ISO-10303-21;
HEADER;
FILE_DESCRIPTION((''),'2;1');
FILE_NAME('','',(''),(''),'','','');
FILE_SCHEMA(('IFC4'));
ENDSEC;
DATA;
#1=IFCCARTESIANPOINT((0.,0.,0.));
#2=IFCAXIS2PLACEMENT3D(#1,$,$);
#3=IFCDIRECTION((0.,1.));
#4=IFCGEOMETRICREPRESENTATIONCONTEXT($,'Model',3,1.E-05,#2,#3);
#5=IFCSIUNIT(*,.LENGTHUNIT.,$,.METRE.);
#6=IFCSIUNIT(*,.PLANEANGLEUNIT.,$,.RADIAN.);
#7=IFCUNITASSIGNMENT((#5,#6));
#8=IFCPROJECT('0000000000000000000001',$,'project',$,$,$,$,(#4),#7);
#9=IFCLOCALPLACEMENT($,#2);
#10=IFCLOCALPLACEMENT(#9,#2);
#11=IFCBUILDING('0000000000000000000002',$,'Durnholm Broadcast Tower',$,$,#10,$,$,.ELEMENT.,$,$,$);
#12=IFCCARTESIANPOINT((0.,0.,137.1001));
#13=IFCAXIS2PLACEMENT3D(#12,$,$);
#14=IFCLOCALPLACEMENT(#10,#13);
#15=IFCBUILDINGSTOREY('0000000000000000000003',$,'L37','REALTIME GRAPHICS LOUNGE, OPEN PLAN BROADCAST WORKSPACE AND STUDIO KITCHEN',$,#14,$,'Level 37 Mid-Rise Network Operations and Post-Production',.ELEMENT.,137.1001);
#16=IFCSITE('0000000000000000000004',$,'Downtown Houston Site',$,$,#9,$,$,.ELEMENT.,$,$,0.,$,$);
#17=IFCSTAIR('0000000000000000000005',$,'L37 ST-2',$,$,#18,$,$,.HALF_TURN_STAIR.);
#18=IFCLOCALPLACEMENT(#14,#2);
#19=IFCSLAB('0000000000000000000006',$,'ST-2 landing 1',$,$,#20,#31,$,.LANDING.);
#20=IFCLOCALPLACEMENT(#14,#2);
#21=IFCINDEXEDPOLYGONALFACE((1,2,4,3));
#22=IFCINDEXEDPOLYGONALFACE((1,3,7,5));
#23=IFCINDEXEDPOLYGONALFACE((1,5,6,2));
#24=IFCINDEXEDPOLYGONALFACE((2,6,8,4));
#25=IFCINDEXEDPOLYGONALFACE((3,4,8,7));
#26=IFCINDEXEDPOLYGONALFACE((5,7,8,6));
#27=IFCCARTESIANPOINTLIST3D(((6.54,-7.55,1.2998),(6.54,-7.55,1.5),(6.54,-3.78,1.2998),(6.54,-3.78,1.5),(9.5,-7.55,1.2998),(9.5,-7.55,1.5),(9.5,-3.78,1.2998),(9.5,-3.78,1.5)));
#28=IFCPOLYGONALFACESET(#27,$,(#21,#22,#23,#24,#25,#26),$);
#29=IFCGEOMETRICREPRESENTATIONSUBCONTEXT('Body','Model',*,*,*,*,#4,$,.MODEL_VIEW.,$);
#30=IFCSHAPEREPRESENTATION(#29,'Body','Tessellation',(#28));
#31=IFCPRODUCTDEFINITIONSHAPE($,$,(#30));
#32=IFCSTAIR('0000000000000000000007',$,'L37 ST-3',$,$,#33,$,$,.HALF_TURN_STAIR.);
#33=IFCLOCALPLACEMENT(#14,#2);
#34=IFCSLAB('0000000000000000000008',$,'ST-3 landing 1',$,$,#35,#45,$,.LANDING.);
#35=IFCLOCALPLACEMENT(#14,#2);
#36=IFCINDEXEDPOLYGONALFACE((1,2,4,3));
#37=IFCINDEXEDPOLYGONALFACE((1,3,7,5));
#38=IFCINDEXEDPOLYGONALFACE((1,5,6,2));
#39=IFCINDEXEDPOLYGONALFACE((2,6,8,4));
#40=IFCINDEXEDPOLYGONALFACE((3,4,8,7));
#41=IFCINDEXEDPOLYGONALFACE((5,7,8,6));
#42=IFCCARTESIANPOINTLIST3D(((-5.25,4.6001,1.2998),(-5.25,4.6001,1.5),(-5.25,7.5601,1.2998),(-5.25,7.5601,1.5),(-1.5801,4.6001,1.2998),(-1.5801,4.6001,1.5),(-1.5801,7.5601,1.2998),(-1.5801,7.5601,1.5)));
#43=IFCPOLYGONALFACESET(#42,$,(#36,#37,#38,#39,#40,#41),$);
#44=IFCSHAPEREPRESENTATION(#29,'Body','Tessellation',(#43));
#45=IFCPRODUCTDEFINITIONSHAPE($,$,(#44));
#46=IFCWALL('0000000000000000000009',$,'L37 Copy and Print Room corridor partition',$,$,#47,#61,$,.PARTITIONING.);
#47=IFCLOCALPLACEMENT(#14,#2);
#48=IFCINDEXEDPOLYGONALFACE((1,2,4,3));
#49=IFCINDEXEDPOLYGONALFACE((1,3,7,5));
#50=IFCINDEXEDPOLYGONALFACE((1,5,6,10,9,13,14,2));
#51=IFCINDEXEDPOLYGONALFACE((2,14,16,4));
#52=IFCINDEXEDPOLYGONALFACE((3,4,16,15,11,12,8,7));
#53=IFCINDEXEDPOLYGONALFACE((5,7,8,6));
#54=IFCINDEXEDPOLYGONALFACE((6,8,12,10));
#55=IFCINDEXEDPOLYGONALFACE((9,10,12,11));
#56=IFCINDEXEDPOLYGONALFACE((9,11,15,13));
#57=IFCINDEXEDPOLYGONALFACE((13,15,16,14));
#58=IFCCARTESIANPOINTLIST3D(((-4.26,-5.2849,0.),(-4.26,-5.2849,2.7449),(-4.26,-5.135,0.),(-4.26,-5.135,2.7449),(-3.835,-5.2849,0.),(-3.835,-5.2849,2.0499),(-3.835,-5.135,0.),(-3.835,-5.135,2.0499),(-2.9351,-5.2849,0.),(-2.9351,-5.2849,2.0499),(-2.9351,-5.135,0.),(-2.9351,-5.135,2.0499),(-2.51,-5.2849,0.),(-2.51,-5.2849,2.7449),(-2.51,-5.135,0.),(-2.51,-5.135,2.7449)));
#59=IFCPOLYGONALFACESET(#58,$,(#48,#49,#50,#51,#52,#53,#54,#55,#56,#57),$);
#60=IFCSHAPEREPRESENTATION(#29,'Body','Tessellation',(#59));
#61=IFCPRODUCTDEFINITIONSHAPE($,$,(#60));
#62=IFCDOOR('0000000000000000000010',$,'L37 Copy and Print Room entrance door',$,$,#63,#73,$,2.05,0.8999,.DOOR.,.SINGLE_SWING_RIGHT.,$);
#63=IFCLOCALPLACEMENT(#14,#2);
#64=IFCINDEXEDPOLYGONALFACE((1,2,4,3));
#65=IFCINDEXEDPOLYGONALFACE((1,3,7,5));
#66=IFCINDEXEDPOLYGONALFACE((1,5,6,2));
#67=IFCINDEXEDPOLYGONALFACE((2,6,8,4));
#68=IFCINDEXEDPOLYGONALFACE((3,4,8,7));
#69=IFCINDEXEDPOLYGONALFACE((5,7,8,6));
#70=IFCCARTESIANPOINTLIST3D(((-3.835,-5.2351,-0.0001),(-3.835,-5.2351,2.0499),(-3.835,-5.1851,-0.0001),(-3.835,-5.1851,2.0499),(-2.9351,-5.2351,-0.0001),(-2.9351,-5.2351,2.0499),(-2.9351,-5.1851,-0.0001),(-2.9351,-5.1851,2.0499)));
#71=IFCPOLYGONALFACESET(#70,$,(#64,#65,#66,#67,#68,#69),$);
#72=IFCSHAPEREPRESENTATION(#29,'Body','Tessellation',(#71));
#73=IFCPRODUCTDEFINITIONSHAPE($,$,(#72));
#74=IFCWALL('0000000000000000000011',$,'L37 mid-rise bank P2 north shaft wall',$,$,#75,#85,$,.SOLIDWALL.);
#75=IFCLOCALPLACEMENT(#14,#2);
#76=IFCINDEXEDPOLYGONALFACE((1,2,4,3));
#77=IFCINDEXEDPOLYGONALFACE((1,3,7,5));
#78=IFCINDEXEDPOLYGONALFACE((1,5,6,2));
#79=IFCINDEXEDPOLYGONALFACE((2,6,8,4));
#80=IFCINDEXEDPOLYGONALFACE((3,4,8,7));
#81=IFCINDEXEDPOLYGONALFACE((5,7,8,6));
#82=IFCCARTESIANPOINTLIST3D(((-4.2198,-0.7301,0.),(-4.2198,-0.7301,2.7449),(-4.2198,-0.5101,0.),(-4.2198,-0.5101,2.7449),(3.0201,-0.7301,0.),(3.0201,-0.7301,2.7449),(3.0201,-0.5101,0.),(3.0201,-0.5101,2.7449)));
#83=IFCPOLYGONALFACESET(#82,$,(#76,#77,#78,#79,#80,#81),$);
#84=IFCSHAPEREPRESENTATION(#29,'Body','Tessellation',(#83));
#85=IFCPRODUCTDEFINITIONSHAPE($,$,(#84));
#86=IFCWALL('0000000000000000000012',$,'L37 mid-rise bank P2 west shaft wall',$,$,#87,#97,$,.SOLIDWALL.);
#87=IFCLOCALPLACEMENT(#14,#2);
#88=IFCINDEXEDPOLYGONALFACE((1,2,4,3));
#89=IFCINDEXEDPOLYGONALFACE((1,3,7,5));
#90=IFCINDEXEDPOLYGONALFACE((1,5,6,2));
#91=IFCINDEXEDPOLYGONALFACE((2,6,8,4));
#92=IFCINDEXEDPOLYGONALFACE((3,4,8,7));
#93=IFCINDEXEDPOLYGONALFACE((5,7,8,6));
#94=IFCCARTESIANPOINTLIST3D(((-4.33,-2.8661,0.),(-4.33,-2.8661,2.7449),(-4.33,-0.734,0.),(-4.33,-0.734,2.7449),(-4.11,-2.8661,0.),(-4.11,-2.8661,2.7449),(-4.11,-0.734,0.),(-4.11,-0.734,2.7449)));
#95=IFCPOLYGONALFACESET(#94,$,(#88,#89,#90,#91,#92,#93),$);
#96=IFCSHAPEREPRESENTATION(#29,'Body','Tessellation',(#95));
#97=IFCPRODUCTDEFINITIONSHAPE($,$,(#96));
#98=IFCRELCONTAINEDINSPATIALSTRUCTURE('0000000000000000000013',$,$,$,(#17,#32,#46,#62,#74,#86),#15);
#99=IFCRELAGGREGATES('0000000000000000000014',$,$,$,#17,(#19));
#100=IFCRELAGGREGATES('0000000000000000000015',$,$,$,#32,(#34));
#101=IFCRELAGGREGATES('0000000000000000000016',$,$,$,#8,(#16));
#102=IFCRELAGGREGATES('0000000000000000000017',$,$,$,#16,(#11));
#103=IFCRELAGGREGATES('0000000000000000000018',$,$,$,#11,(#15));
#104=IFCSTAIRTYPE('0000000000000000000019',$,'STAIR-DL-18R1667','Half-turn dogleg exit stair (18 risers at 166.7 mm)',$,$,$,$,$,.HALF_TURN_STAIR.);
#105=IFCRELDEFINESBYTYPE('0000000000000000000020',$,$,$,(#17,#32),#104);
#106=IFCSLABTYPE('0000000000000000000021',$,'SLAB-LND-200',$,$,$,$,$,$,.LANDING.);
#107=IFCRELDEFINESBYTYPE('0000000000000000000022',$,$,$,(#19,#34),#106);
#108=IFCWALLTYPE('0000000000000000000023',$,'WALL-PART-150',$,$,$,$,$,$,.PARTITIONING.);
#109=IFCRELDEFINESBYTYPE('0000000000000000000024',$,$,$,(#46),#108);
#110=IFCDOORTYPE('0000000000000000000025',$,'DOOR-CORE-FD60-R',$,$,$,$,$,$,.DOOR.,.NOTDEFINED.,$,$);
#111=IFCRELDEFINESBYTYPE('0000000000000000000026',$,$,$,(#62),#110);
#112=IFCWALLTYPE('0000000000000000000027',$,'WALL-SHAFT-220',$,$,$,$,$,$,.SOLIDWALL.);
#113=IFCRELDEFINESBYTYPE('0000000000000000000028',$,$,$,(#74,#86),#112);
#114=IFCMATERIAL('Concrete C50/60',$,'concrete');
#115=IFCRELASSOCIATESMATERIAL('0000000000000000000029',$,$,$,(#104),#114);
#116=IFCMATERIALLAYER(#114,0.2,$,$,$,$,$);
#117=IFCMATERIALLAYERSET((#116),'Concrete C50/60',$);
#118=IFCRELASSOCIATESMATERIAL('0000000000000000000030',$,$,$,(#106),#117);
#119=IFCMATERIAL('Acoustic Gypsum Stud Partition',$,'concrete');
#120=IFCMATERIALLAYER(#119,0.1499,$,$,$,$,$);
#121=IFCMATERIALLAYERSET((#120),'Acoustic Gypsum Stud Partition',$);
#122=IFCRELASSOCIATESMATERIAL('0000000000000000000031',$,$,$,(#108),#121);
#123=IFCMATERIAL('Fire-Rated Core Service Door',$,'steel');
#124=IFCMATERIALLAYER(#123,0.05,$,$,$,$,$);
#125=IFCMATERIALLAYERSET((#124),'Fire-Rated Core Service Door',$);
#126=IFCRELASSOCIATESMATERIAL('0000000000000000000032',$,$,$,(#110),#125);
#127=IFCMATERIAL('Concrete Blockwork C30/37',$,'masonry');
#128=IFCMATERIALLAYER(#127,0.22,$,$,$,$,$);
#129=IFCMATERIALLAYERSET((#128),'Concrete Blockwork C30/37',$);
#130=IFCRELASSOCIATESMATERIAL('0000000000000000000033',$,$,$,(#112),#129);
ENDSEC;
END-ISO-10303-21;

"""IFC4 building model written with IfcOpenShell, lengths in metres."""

from ifc_helpers import new_model, si_unit, direction, frame, frame_2d, origin, place, context, subcontext, project, spatial, polyline, rectangle, outline, extrude, source, transform, mapped, material, layer, layer_set, type_object, type_shapes, element, fill, aggregate, save


model = new_model("IFC4")

# Units and contexts
model_context = context("Model", 3, precision=1e-05, world=origin(), true_north=direction((0.0, 1.0)))
body_context = subcontext(model_context, "Body", "Model", "MODEL_VIEW")
ifc_project = project(units=[si_unit("LENGTHUNIT", "METRE"), si_unit("PLANEANGLEUNIT", "RADIAN")], contexts=[model_context])

# Site, building, storey
site_placement = place(None, origin())
site = spatial("IfcSite", under=ifc_project, at=site_placement, Name="Downtown Houston Site", CompositionType="ELEMENT", RefElevation=0.0)
building_placement = place(site_placement, origin())
building = spatial("IfcBuilding", under=site, at=building_placement, Name="Durnholm Broadcast Tower", CompositionType="ELEMENT")
storey_placement = place(building_placement, frame((0.0, 0.0, 137.1001)))
storey = spatial("IfcBuildingStorey", under=building, at=storey_placement, Name="L37", Description="REALTIME GRAPHICS LOUNGE, OPEN PLAN BROADCAST WORKSPACE AND STUDIO KITCHEN", LongName="Level 37 Mid-Rise Network Operations and Post-Production", CompositionType="ELEMENT", Elevation=137.1001)

# Shared definitions
ifc_material_1 = material(Name="Concrete C50/60", Category="concrete")

# Stairs, slabs
stair_type = type_object("IfcStairType", Name="STAIR-DL-18R1667", Description="Half-turn dogleg exit stair (18 risers at 166.7 mm)", PredefinedType="HALF_TURN_STAIR", material=ifc_material_1)
ifc_layer_1 = layer(ifc_material_1, 0.2)
ifc_layer_set_1 = layer_set([ifc_layer_1], Name="Concrete C50/60")
slab_type_1 = type_object("IfcSlabType", Name="SLAB-LND-200", PredefinedType="LANDING", material=ifc_layer_set_1)
stair_1_placement = place(storey_placement, origin())
stair_1 = element("IfcStair", 1, at=stair_1_placement, inside=storey, type_object=stair_type, Name="L37 ST-2", PredefinedType="HALF_TURN_STAIR")
slab_1_placement = place(storey_placement, frame((0.0, 0.0, 1.2998)))
slab_1 = element("IfcSlab", 2, at=slab_1_placement, type_object=slab_type_1, Name="ST-2 landing 1", PredefinedType="LANDING", context=body_context, shape_type="SweptSolid", body=[
    extrude(outline(polyline([(6.54, -3.78), (6.54, -7.55), (9.5, -7.55), (9.5, -3.78), (6.54, -3.78)])), origin(), (0.0, 0.0, 1.0), 0.2002),
])
aggregate(stair_1, [slab_1])
stair_2_placement = place(storey_placement, origin())
stair_2 = element("IfcStair", 3, at=stair_2_placement, inside=storey, type_object=stair_type, Name="L37 ST-3", PredefinedType="HALF_TURN_STAIR")
slab_2_placement = place(storey_placement, frame((0.0, 0.0, 1.2998)))
slab_2 = element("IfcSlab", 4, at=slab_2_placement, type_object=slab_type_1, Name="ST-3 landing 1", PredefinedType="LANDING", context=body_context, shape_type="SweptSolid", body=[
    extrude(outline(polyline([(-1.5801, 7.5601), (-5.25, 7.5601), (-5.25, 4.6001), (-1.5801, 4.6001), (-1.5801, 7.5601)])), origin(), (0.0, 0.0, 1.0), 0.2002),
])
aggregate(stair_2, [slab_2])

# Wall, opening, door
ifc_material_2 = material(Name="Acoustic Gypsum Stud Partition", Category="concrete")
ifc_layer_2 = layer(ifc_material_2, 0.1499)
ifc_layer_set_2 = layer_set([ifc_layer_2], Name="Acoustic Gypsum Stud Partition")
wall_type_1 = type_object("IfcWallType", Name="WALL-PART-150", PredefinedType="PARTITIONING", material=ifc_layer_set_2)
wall_1_placement = place(storey_placement, frame((-4.26, -5.21, 0.0), z_axis=(0.0, 0.0, 1.0), x_axis=(1.0, 0.0, 0.0)))
wall_1 = element("IfcWall", 5, at=wall_1_placement, inside=storey, type_object=wall_type_1, Name="L37 Copy and Print Room corridor partition", PredefinedType="PARTITIONING", context=body_context, shape_type="SweptSolid", body=[
    extrude(rectangle(XDim=1.75, YDim=0.1499, at=frame_2d((0.875, 0.0))), origin(), (0.0, 0.0, 1.0), 2.7449),
])
opening_1_placement = place(wall_1_placement, frame((0.425, 0.0, 0.0)))
opening_1 = element("IfcOpeningElement", 6, at=opening_1_placement, cuts=wall_1, PredefinedType="OPENING", context=body_context, shape_type="SweptSolid", body=[
    extrude(rectangle(XDim=0.8999, YDim=2.05, at=frame_2d((0.45, 1.0249))), frame((0.0, 0.085, 0.0), z_axis=(0.0, -1.0, 0.0), x_axis=(1.0, 0.0, 0.0)), (0.0, 0.0, 1.0), 0.1699),
])
ifc_material_3 = material(Name="Fire-Rated Core Service Door", Category="steel")
ifc_layer_3 = layer(ifc_material_3, 0.05)
ifc_layer_set_3 = layer_set([ifc_layer_3], Name="Fire-Rated Core Service Door")
door_type_1 = type_object("IfcDoorType", Name="DOOR-CORE-FD60-R", OperationType="NOTDEFINED", PredefinedType="DOOR", material=ifc_layer_set_3)
shared_shape_1 = source(origin(), body_context, "Body", "SweptSolid", [
    extrude(rectangle(XDim=0.8999, YDim=2.05, at=frame_2d((0.45, 1.0249))), frame((0.0, 0.0249, 0.0), z_axis=(0.0, -1.0, 0.0), x_axis=(1.0, 0.0, 0.0)), (0.0, 0.0, 1.0), 0.05),
])
type_shapes(door_type_1, [shared_shape_1])
door_1_placement = place(opening_1_placement, origin())
door_1 = element("IfcDoor", 7, at=door_1_placement, inside=storey, type_object=door_type_1, Name="L37 Copy and Print Room entrance door", OperationType="SINGLE_SWING_RIGHT", OverallHeight=2.05, OverallWidth=0.8999, PredefinedType="DOOR", context=body_context, shape_type="MappedRepresentation", body=[
    mapped(shared_shape_1, transform((0.0, 0.0, 0.0), x_axis=(1.0, 0.0, 0.0), y_axis=(0.0, 1.0, 0.0), z_axis=(0.0, 0.0, 1.0), scale=1.0)),
])
fill(opening_1, door_1)

# Shared definitions
ifc_material_4 = material(Name="Concrete Blockwork C30/37", Category="masonry")
ifc_layer_4 = layer(ifc_material_4, 0.22)
ifc_layer_set_4 = layer_set([ifc_layer_4], Name="Concrete Blockwork C30/37")
wall_type_2 = type_object("IfcWallType", Name="WALL-SHAFT-220", PredefinedType="SOLIDWALL", material=ifc_layer_set_4)

# Walls
wall_2_placement = place(storey_placement, frame((-4.22, -0.6201, 0.0), z_axis=(0.0, 0.0, 1.0), x_axis=(1.0, 0.0, 0.0)))
element("IfcWall", 8, at=wall_2_placement, inside=storey, type_object=wall_type_2, Name="L37 mid-rise bank P2 north shaft wall", PredefinedType="SOLIDWALL", context=body_context, shape_type="SweptSolid", body=[
    extrude(rectangle(XDim=7.24, YDim=0.22, at=frame_2d((3.6201, 0.0))), origin(), (0.0, 0.0, 1.0), 2.7449),
])
wall_3_placement = place(storey_placement, frame((-4.22, -2.866, 0.0), z_axis=(0.0, 0.0, 1.0), x_axis=(0.0, 1.0, 0.0)))
element("IfcWall", 9, at=wall_3_placement, inside=storey, type_object=wall_type_2, Name="L37 mid-rise bank P2 west shaft wall", PredefinedType="SOLIDWALL", context=body_context, shape_type="SweptSolid", body=[
    extrude(rectangle(XDim=2.1321, YDim=0.22, at=frame_2d((1.0659, 0.0))), origin(), (0.0, 0.0, 1.0), 2.7449),
])

save(model, "model.ifc")
